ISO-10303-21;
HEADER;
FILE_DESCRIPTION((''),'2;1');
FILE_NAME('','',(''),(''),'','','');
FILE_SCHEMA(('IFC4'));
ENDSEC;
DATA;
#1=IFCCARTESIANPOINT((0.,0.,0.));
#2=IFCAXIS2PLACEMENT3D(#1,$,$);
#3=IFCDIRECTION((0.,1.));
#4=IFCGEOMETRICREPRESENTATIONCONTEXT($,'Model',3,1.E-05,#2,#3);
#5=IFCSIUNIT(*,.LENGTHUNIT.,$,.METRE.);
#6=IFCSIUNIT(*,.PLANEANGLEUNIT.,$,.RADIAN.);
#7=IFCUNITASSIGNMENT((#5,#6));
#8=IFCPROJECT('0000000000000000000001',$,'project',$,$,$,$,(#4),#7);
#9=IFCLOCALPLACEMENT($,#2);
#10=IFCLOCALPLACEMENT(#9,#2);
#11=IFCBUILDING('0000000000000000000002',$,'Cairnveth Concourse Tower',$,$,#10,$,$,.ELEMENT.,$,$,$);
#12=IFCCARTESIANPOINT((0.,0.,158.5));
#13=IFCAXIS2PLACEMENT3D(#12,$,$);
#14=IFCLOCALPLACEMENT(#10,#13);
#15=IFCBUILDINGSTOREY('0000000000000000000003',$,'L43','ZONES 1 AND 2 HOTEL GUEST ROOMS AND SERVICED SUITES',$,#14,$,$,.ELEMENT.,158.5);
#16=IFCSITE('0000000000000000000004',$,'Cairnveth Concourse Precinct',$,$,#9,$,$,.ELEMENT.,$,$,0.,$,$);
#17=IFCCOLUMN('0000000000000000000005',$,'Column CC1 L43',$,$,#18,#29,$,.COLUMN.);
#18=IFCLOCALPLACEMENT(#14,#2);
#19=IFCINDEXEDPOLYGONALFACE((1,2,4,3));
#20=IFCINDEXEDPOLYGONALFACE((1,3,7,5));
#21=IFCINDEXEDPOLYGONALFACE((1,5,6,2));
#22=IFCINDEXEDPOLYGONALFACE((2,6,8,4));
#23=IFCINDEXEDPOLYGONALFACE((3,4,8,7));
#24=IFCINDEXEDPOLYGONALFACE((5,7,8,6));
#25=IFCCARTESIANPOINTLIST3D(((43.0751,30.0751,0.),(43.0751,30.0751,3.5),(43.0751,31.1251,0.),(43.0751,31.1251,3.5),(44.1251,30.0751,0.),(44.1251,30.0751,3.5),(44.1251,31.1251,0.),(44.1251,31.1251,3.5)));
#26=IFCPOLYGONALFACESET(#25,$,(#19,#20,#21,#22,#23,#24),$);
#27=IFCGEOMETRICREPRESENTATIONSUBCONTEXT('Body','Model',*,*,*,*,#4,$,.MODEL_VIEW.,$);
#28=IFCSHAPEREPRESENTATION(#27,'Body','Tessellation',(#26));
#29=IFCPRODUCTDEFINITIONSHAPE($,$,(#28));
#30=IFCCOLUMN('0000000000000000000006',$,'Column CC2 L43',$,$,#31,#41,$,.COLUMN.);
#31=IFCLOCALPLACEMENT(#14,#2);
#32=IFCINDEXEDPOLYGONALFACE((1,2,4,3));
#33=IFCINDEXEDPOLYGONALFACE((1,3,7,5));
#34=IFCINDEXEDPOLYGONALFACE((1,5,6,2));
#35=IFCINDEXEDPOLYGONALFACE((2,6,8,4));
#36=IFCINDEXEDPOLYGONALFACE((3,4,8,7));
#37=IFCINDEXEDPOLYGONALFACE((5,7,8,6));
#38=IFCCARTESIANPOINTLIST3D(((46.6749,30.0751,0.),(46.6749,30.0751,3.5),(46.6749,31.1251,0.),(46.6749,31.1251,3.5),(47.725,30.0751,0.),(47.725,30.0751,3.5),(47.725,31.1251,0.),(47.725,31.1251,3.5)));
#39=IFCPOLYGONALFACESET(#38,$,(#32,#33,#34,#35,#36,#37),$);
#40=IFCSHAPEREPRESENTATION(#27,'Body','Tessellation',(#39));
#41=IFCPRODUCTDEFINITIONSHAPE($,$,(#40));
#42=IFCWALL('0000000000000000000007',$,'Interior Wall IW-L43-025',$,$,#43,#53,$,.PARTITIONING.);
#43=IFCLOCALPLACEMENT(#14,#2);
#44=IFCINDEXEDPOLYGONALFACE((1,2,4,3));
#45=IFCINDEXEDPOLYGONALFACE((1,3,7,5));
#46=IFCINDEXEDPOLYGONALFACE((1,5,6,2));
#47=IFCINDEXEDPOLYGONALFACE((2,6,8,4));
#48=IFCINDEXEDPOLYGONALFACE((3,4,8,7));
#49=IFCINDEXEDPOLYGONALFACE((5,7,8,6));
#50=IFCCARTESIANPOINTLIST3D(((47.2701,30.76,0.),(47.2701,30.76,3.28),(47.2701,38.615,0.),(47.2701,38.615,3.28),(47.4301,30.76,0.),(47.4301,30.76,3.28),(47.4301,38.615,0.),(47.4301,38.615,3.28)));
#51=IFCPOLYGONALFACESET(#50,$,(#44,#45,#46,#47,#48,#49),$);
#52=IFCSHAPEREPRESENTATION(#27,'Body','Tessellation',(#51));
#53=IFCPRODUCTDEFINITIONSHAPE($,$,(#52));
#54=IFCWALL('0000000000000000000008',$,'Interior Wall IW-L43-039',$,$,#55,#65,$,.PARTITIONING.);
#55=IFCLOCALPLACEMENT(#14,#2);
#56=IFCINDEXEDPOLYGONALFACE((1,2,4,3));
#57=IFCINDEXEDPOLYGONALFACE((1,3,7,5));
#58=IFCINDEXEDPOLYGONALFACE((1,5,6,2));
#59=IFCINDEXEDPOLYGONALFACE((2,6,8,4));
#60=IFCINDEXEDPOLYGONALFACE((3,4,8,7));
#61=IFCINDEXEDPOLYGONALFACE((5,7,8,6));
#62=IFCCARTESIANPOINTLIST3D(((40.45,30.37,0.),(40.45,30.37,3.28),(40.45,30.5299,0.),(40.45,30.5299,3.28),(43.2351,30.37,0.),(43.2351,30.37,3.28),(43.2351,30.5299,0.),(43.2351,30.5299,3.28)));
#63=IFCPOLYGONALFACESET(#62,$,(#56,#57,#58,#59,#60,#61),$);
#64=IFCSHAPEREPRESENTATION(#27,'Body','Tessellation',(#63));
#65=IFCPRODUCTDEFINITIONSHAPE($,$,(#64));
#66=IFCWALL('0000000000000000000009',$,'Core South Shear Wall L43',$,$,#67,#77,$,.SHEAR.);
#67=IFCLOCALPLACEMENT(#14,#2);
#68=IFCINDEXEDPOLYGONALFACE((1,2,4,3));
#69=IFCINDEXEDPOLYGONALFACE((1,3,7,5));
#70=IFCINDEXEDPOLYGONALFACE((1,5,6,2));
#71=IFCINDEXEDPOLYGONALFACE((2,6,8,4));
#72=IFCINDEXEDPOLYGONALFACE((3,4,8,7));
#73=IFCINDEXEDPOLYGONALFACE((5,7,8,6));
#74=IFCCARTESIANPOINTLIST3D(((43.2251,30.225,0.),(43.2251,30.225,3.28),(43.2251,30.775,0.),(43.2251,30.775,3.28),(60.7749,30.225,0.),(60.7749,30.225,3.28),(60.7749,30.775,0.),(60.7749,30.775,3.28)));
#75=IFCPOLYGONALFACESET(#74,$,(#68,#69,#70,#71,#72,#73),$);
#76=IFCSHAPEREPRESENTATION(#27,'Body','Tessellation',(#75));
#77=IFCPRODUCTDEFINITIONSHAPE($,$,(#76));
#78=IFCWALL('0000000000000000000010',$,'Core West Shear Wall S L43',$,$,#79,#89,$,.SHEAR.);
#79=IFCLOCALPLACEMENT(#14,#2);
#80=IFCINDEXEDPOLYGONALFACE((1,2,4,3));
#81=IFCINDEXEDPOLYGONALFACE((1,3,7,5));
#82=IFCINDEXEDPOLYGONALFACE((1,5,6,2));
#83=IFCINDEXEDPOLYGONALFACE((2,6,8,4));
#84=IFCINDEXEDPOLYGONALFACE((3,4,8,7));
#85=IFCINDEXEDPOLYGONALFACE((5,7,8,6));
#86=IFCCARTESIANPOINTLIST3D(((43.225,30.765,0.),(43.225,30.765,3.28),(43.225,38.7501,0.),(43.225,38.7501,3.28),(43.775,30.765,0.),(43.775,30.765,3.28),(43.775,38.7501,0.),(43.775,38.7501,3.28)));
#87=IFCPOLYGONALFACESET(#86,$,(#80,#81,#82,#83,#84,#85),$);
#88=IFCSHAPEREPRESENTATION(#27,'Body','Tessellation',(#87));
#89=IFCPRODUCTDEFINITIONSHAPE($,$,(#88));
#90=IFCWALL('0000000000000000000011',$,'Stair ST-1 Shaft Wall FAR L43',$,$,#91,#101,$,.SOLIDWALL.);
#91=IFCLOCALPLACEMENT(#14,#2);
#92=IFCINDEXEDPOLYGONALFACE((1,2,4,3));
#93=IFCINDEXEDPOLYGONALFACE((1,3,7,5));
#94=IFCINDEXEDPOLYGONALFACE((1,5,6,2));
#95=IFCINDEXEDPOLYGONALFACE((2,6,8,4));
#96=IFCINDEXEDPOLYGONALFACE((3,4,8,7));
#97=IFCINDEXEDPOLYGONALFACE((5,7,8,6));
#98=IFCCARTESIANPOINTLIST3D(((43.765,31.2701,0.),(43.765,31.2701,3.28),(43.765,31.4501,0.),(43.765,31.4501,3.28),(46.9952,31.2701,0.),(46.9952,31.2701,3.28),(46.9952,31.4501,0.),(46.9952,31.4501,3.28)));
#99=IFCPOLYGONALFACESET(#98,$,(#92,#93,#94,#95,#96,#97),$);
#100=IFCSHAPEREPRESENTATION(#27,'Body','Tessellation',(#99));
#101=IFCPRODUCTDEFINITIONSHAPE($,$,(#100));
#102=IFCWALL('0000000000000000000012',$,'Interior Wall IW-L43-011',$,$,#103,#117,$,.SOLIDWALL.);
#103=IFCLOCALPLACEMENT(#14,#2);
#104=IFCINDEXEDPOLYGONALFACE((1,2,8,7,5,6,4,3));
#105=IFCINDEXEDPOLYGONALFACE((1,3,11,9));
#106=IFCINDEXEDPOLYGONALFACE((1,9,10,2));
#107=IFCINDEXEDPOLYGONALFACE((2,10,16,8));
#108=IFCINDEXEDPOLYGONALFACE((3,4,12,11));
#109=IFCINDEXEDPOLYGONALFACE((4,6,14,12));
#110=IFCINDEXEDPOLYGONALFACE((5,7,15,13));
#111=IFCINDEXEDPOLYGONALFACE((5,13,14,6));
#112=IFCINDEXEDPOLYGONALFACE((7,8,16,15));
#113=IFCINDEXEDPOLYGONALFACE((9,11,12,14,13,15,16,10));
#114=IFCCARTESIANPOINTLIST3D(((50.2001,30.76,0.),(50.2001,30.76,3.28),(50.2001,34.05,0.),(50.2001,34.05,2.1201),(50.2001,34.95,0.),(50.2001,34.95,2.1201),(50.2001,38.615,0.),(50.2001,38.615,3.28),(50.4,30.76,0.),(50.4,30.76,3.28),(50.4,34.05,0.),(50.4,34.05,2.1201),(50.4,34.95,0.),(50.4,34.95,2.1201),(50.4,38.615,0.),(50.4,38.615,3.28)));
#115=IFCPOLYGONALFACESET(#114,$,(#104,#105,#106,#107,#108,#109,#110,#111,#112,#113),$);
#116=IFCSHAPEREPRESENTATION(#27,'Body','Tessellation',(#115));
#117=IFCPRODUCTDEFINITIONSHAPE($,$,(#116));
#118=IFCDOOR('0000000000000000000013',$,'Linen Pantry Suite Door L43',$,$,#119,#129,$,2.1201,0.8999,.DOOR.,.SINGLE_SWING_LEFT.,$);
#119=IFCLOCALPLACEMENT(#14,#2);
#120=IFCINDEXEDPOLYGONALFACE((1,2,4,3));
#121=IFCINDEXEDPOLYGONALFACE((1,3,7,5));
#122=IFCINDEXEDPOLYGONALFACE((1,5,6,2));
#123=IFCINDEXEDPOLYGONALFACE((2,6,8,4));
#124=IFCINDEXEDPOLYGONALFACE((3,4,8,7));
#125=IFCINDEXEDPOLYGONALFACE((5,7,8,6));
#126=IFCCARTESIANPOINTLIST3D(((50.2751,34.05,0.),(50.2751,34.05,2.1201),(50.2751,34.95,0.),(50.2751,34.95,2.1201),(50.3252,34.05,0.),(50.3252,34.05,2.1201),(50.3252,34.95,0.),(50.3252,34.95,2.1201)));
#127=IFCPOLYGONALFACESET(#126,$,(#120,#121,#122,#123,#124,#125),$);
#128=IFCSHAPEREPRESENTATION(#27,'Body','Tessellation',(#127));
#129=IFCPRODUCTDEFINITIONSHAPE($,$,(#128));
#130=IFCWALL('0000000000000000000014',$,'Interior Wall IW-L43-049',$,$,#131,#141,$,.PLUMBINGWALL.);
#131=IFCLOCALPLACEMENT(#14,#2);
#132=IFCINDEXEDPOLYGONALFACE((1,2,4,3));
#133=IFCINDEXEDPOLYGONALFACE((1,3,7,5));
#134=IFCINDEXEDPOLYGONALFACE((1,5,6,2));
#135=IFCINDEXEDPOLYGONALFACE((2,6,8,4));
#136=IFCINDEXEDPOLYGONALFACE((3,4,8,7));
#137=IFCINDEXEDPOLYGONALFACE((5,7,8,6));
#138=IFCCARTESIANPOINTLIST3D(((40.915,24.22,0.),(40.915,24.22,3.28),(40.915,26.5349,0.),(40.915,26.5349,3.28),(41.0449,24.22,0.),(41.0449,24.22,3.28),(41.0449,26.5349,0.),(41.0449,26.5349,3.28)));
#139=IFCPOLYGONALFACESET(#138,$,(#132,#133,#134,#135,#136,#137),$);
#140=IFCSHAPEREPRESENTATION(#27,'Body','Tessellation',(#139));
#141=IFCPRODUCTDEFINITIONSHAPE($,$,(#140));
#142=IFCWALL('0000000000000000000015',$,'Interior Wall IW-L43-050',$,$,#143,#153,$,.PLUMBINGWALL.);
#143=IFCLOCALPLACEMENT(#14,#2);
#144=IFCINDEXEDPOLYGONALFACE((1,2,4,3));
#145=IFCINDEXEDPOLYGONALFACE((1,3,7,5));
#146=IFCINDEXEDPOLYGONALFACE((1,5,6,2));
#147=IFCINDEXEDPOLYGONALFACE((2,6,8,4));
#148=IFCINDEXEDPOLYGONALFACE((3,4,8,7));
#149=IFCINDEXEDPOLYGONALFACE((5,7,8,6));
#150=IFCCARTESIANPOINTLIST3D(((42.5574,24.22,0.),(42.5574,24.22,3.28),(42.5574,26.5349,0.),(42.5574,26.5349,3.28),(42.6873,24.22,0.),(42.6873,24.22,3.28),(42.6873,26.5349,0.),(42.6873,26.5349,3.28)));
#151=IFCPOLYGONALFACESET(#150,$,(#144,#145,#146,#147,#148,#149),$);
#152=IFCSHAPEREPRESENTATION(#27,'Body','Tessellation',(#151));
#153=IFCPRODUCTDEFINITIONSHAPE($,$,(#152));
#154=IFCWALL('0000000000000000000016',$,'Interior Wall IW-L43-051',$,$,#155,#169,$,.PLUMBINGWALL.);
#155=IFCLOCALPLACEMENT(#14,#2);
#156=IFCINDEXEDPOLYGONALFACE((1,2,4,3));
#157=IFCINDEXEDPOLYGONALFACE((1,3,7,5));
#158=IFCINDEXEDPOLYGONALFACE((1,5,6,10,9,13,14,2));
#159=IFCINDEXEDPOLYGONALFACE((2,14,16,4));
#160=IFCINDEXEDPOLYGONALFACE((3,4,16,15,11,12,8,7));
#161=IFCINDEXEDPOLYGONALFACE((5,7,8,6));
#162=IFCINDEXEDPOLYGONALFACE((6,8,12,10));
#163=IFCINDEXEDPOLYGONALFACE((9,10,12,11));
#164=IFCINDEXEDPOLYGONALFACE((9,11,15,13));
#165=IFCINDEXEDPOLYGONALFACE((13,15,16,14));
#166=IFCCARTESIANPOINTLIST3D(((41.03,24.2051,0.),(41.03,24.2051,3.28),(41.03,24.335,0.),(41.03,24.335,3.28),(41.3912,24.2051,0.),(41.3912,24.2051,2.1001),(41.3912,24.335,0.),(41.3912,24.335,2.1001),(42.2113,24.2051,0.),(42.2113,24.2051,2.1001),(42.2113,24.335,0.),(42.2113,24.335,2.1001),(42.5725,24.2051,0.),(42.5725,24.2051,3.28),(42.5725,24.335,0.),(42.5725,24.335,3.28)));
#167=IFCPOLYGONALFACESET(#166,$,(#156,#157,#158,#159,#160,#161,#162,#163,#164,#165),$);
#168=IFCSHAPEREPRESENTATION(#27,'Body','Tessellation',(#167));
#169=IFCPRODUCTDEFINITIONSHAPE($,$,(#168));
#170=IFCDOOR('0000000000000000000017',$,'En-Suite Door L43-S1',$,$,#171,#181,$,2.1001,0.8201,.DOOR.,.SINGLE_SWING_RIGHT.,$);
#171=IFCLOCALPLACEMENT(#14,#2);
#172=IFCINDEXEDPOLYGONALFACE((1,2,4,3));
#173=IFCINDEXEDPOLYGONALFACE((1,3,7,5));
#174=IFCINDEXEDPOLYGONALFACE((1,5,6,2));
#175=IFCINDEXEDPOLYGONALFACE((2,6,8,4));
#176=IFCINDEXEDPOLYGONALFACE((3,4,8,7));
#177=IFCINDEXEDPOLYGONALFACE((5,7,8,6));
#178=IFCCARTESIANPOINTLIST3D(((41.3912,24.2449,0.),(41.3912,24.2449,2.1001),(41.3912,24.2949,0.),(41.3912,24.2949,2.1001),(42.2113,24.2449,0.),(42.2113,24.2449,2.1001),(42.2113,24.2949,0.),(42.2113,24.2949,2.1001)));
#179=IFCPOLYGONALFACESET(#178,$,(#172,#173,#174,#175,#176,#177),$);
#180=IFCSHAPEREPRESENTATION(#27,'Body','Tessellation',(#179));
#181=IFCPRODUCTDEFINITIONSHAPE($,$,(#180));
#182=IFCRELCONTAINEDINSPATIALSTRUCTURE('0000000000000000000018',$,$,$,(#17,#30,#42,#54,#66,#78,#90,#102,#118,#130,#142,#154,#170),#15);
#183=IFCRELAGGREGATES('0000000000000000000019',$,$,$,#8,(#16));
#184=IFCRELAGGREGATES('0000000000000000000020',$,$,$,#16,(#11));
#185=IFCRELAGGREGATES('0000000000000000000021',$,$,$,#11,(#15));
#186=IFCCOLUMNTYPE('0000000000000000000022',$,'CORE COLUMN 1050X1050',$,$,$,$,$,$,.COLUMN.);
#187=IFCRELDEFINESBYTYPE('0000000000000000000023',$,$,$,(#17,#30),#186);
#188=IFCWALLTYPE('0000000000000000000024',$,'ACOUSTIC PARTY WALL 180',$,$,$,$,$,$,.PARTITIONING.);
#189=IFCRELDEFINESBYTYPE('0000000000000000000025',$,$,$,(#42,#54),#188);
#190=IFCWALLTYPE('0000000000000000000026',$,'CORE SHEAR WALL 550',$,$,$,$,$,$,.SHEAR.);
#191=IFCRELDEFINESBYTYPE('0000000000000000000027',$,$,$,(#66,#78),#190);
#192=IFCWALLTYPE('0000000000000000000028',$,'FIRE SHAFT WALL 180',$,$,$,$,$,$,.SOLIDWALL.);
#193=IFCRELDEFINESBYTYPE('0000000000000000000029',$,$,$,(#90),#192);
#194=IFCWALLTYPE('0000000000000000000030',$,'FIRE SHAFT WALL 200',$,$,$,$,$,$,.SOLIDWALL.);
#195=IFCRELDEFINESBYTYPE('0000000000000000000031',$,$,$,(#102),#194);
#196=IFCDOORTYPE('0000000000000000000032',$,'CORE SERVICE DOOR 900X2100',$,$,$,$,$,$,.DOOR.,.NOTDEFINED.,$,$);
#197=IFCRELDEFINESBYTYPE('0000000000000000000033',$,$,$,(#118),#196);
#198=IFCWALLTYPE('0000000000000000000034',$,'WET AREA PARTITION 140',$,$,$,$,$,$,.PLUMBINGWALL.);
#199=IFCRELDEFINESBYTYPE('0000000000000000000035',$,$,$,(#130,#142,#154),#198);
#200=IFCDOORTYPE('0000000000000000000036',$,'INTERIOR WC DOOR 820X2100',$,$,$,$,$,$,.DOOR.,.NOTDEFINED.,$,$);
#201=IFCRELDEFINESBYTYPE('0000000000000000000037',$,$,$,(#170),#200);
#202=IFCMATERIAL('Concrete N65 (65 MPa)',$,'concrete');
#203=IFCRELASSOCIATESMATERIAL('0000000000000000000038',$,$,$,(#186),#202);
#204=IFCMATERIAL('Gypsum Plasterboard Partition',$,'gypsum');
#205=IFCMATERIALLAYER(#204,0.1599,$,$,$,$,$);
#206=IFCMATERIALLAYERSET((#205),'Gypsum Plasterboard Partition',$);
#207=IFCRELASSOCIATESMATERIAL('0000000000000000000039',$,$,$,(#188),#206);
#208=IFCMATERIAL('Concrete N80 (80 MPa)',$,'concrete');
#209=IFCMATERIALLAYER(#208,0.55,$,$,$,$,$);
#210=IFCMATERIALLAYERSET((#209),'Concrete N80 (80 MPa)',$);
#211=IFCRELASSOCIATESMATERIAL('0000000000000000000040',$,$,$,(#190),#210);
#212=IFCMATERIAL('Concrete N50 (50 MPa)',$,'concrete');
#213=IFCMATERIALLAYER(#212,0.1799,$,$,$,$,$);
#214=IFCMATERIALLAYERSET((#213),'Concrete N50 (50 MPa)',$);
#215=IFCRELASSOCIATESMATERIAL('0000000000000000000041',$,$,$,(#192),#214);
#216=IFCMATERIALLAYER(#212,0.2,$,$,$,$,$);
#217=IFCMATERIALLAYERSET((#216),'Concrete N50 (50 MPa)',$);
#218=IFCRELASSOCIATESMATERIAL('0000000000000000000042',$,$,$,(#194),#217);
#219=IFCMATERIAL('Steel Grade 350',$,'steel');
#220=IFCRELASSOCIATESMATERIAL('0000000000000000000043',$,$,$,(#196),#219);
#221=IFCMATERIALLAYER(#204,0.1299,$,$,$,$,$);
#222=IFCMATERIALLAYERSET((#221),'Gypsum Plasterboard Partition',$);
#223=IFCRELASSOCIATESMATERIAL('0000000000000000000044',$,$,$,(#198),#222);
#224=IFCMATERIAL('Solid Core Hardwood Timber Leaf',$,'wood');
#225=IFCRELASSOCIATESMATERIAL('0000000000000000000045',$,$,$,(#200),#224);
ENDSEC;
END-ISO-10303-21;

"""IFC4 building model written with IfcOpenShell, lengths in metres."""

from ifc_helpers import new_model, si_unit, direction, frame, frame_2d, origin, origin_2d, place, context, subcontext, project, spatial, rectangle, extrude, material, layer, layer_set, material_profile, profile_set, type_object, element, fill, save


model = new_model("IFC4")

# Units and contexts
model_context = context("Model", 3, precision=1e-05, world=origin(), true_north=direction((0.0, 1.0)))
body_context = subcontext(model_context, "Body", "Model", "MODEL_VIEW")
ifc_project = project(units=[si_unit("LENGTHUNIT", "METRE"), si_unit("PLANEANGLEUNIT", "RADIAN")], contexts=[model_context])

# Site, building, storey
site_placement = place(None, origin())
site = spatial("IfcSite", under=ifc_project, at=site_placement, Name="Cairnveth Concourse Precinct", CompositionType="ELEMENT", RefElevation=0.0)
building_placement = place(site_placement, origin())
building = spatial("IfcBuilding", under=site, at=building_placement, Name="Cairnveth Concourse Tower", CompositionType="ELEMENT")
storey_placement = place(building_placement, frame((0.0, 0.0, 158.5)))
storey = spatial("IfcBuildingStorey", under=building, at=storey_placement, Name="L43", Description="ZONES 1 AND 2 HOTEL GUEST ROOMS AND SERVICED SUITES", CompositionType="ELEMENT", Elevation=158.5)

# Columns
ifc_material_1 = material(Name="Concrete N65 (65 MPa)", Category="concrete")
ifc_material_profile = material_profile(ifc_material_1, rectangle(XDim=1.05, YDim=1.05, at=origin_2d()), Name="RC-COL-1050x1050")
ifc_profile_set = profile_set([ifc_material_profile], Name="Concrete N65 (65 MPa)")
column_type = type_object("IfcColumnType", Name="CORE COLUMN 1050X1050", PredefinedType="COLUMN", material=ifc_profile_set)
for number, where, z_axis, x_axis, name in (
    (1, (43.6001, 30.6001, 0.0), (0.0, 0.0, 1.0), (1.0, 0.0, 0.0), "Column CC1 L43"),
    (2, (47.2, 30.6001, 0.0), (0.0, 0.0, 1.0), (1.0, 0.0, 0.0), "Column CC2 L43"),
):
    element("IfcColumn", number, at=place(storey_placement, frame(where, z_axis=z_axis, x_axis=x_axis)), inside=storey, type_object=column_type, Name=name, PredefinedType="COLUMN", context=body_context, shape_type="SweptSolid", body=[
        extrude(rectangle(XDim=1.05, YDim=1.05, at=origin_2d()), origin(), (0.0, 0.0, 1.0), 3.5),
    ])

# Walls
ifc_material_2 = material(Name="Gypsum Plasterboard Partition", Category="gypsum")
ifc_layer_1 = layer(ifc_material_2, 0.1599)
ifc_layer_set_1 = layer_set([ifc_layer_1], Name="Gypsum Plasterboard Partition")
wall_type_1 = type_object("IfcWallType", Name="ACOUSTIC PARTY WALL 180", PredefinedType="PARTITIONING", material=ifc_layer_set_1)
wall_1_placement = place(storey_placement, frame((47.3501, 30.76, 0.0), z_axis=(0.0, 0.0, 1.0), x_axis=(0.0, 1.0, 0.0)))
element("IfcWall", 3, at=wall_1_placement, inside=storey, type_object=wall_type_1, Name="Interior Wall IW-L43-025", PredefinedType="PARTITIONING", context=body_context, shape_type="SweptSolid", body=[
    extrude(rectangle(XDim=7.855, YDim=0.1599, at=frame_2d((3.9275, 0.0))), origin(), (0.0, 0.0, 1.0), 3.28),
])
wall_2_placement = place(storey_placement, frame((40.45, 30.45, 0.0), z_axis=(0.0, 0.0, 1.0), x_axis=(1.0, 0.0, 0.0)))
element("IfcWall", 4, at=wall_2_placement, inside=storey, type_object=wall_type_1, Name="Interior Wall IW-L43-039", PredefinedType="PARTITIONING", context=body_context, shape_type="SweptSolid", body=[
    extrude(rectangle(XDim=2.7852, YDim=0.1599, at=frame_2d((1.3926, 0.0))), origin(), (0.0, 0.0, 1.0), 3.28),
])

# Shared definitions
ifc_material_3 = material(Name="Solid Core Hardwood Timber Leaf", Category="wood")

# Walls
ifc_material_4 = material(Name="Concrete N80 (80 MPa)", Category="concrete")
ifc_layer_2 = layer(ifc_material_4, 0.55)
ifc_layer_set_2 = layer_set([ifc_layer_2], Name="Concrete N80 (80 MPa)")
wall_type_2 = type_object("IfcWallType", Name="CORE SHEAR WALL 550", PredefinedType="SHEAR", material=ifc_layer_set_2)
wall_3_placement = place(storey_placement, frame((43.2251, 30.5, 0.0), z_axis=(0.0, 0.0, 1.0), x_axis=(1.0, 0.0, 0.0)))
element("IfcWall", 5, at=wall_3_placement, inside=storey, type_object=wall_type_2, Name="Core South Shear Wall L43", PredefinedType="SHEAR", context=body_context, shape_type="SweptSolid", body=[
    extrude(rectangle(XDim=17.5498, YDim=0.55, at=frame_2d((8.7749, 0.0))), origin(), (0.0, 0.0, 1.0), 3.28),
])
wall_4_placement = place(storey_placement, frame((43.5, 30.7649, 0.0), z_axis=(0.0, 0.0, 1.0), x_axis=(0.0, 1.0, 0.0)))
element("IfcWall", 6, at=wall_4_placement, inside=storey, type_object=wall_type_2, Name="Core West Shear Wall S L43", PredefinedType="SHEAR", context=body_context, shape_type="SweptSolid", body=[
    extrude(rectangle(XDim=7.9851, YDim=0.55, at=frame_2d((3.9927, 0.0))), origin(), (0.0, 0.0, 1.0), 3.28),
])
ifc_material_5 = material(Name="Concrete N50 (50 MPa)", Category="concrete")
ifc_layer_3 = layer(ifc_material_5, 0.1799)
ifc_layer_set_3 = layer_set([ifc_layer_3], Name="Concrete N50 (50 MPa)")
wall_type_3 = type_object("IfcWallType", Name="FIRE SHAFT WALL 180", PredefinedType="SOLIDWALL", material=ifc_layer_set_3)
wall_5_placement = place(storey_placement, frame((43.7649, 31.3601, 0.0), z_axis=(0.0, 0.0, 1.0), x_axis=(1.0, 0.0, 0.0)))
element("IfcWall", 7, at=wall_5_placement, inside=storey, type_object=wall_type_3, Name="Stair ST-1 Shaft Wall FAR L43", PredefinedType="SOLIDWALL", context=body_context, shape_type="SweptSolid", body=[
    extrude(rectangle(XDim=3.2302, YDim=0.1799, at=frame_2d((1.6152, 0.0))), origin(), (0.0, 0.0, 1.0), 3.28),
])

# Wall, opening, door
ifc_layer_4 = layer(ifc_material_5, 0.2)
ifc_layer_set_4 = layer_set([ifc_layer_4], Name="Concrete N50 (50 MPa)")
wall_type_4 = type_object("IfcWallType", Name="FIRE SHAFT WALL 200", PredefinedType="SOLIDWALL", material=ifc_layer_set_4)
wall_6_placement = place(storey_placement, frame((50.3, 30.76, 0.0), z_axis=(0.0, 0.0, 1.0), x_axis=(0.0, 1.0, 0.0)))
wall_6 = element("IfcWall", 8, at=wall_6_placement, inside=storey, type_object=wall_type_4, Name="Interior Wall IW-L43-011", PredefinedType="SOLIDWALL", context=body_context, shape_type="SweptSolid", body=[
    extrude(rectangle(XDim=7.855, YDim=0.2, at=frame_2d((3.9275, 0.0))), origin(), (0.0, 0.0, 1.0), 3.28),
])
opening_1_placement = place(wall_6_placement, frame((3.29, 0.0, 0.0)))
opening_1 = element("IfcOpeningElement", 9, at=opening_1_placement, cuts=wall_6, PredefinedType="OPENING", context=body_context, shape_type="SweptSolid", body=[
    extrude(rectangle(XDim=0.8999, YDim=2.1201, at=frame_2d((0.45, 1.0601))), frame((0.0, 0.1099, 0.0), z_axis=(0.0, -1.0, 0.0), x_axis=(1.0, 0.0, 0.0)), (0.0, 0.0, 1.0), 0.22),
])
ifc_material_6 = material(Name="Steel Grade 350", Category="steel")
door_type_1 = type_object("IfcDoorType", Name="CORE SERVICE DOOR 900X2100", OperationType="NOTDEFINED", PredefinedType="DOOR", material=ifc_material_6)
door_1_placement = place(opening_1_placement, origin())
door_1 = element("IfcDoor", 10, at=door_1_placement, inside=storey, type_object=door_type_1, Name="Linen Pantry Suite Door L43", OperationType="SINGLE_SWING_LEFT", OverallHeight=2.1201, OverallWidth=0.8999, PredefinedType="DOOR", context=body_context, shape_type="SweptSolid", body=[
    extrude(rectangle(XDim=0.8999, YDim=2.1201, at=frame_2d((0.45, 1.0601))), frame((0.0, 0.0249, 0.0), z_axis=(0.0, -1.0, 0.0), x_axis=(1.0, 0.0, 0.0)), (0.0, 0.0, 1.0), 0.05),
])
fill(opening_1, door_1)

# Walls
ifc_layer_5 = layer(ifc_material_2, 0.1299)
ifc_layer_set_5 = layer_set([ifc_layer_5], Name="Gypsum Plasterboard Partition")
wall_type_5 = type_object("IfcWallType", Name="WET AREA PARTITION 140", PredefinedType="PLUMBINGWALL", material=ifc_layer_set_5)
for number, where, z_axis, x_axis, name in (
    (11, (40.98, 24.22, 0.0), (0.0, 0.0, 1.0), (0.0, 1.0, 0.0), "Interior Wall IW-L43-049"),
    (12, (42.6223, 24.22, 0.0), (0.0, 0.0, 1.0), (0.0, 1.0, 0.0), "Interior Wall IW-L43-050"),
):
    element("IfcWall", number, at=place(storey_placement, frame(where, z_axis=z_axis, x_axis=x_axis)), inside=storey, type_object=wall_type_5, Name=name, PredefinedType="PLUMBINGWALL", context=body_context, shape_type="SweptSolid", body=[
        extrude(rectangle(XDim=2.3149, YDim=0.1299, at=frame_2d((1.1575, 0.0))), origin(), (0.0, 0.0, 1.0), 3.28),
    ])

# Wall, opening, door
wall_7_placement = place(storey_placement, frame((41.03, 24.27, 0.0), z_axis=(0.0, 0.0, 1.0), x_axis=(1.0, 0.0, 0.0)))
wall_7 = element("IfcWall", 13, at=wall_7_placement, inside=storey, type_object=wall_type_5, Name="Interior Wall IW-L43-051", PredefinedType="PLUMBINGWALL", context=body_context, shape_type="SweptSolid", body=[
    extrude(rectangle(XDim=1.5425, YDim=0.1299, at=frame_2d((0.7712, 0.0))), origin(), (0.0, 0.0, 1.0), 3.28),
])
opening_2_placement = place(wall_7_placement, frame((0.3611, 0.0, 0.0)))
opening_2 = element("IfcOpeningElement", 14, at=opening_2_placement, cuts=wall_7, PredefinedType="OPENING", context=body_context, shape_type="SweptSolid", body=[
    extrude(rectangle(XDim=0.8201, YDim=2.1001, at=frame_2d((0.4102, 1.05))), frame((0.0, 0.075, 0.0), z_axis=(0.0, -1.0, 0.0), x_axis=(1.0, 0.0, 0.0)), (0.0, 0.0, 1.0), 0.1499),
])
door_type_2 = type_object("IfcDoorType", Name="INTERIOR WC DOOR 820X2100", OperationType="NOTDEFINED", PredefinedType="DOOR", material=ifc_material_3)
door_2_placement = place(opening_2_placement, origin())
door_2 = element("IfcDoor", 15, at=door_2_placement, inside=storey, type_object=door_type_2, Name="En-Suite Door L43-S1", OperationType="SINGLE_SWING_RIGHT", OverallHeight=2.1001, OverallWidth=0.8201, PredefinedType="DOOR", context=body_context, shape_type="SweptSolid", body=[
    extrude(rectangle(XDim=0.8201, YDim=2.1001, at=frame_2d((0.4102, 1.05))), frame((0.0, 0.0249, 0.0), z_axis=(0.0, -1.0, 0.0), x_axis=(1.0, 0.0, 0.0)), (0.0, 0.0, 1.0), 0.05),
])
fill(opening_2, door_2)

save(model, "model.ifc")
